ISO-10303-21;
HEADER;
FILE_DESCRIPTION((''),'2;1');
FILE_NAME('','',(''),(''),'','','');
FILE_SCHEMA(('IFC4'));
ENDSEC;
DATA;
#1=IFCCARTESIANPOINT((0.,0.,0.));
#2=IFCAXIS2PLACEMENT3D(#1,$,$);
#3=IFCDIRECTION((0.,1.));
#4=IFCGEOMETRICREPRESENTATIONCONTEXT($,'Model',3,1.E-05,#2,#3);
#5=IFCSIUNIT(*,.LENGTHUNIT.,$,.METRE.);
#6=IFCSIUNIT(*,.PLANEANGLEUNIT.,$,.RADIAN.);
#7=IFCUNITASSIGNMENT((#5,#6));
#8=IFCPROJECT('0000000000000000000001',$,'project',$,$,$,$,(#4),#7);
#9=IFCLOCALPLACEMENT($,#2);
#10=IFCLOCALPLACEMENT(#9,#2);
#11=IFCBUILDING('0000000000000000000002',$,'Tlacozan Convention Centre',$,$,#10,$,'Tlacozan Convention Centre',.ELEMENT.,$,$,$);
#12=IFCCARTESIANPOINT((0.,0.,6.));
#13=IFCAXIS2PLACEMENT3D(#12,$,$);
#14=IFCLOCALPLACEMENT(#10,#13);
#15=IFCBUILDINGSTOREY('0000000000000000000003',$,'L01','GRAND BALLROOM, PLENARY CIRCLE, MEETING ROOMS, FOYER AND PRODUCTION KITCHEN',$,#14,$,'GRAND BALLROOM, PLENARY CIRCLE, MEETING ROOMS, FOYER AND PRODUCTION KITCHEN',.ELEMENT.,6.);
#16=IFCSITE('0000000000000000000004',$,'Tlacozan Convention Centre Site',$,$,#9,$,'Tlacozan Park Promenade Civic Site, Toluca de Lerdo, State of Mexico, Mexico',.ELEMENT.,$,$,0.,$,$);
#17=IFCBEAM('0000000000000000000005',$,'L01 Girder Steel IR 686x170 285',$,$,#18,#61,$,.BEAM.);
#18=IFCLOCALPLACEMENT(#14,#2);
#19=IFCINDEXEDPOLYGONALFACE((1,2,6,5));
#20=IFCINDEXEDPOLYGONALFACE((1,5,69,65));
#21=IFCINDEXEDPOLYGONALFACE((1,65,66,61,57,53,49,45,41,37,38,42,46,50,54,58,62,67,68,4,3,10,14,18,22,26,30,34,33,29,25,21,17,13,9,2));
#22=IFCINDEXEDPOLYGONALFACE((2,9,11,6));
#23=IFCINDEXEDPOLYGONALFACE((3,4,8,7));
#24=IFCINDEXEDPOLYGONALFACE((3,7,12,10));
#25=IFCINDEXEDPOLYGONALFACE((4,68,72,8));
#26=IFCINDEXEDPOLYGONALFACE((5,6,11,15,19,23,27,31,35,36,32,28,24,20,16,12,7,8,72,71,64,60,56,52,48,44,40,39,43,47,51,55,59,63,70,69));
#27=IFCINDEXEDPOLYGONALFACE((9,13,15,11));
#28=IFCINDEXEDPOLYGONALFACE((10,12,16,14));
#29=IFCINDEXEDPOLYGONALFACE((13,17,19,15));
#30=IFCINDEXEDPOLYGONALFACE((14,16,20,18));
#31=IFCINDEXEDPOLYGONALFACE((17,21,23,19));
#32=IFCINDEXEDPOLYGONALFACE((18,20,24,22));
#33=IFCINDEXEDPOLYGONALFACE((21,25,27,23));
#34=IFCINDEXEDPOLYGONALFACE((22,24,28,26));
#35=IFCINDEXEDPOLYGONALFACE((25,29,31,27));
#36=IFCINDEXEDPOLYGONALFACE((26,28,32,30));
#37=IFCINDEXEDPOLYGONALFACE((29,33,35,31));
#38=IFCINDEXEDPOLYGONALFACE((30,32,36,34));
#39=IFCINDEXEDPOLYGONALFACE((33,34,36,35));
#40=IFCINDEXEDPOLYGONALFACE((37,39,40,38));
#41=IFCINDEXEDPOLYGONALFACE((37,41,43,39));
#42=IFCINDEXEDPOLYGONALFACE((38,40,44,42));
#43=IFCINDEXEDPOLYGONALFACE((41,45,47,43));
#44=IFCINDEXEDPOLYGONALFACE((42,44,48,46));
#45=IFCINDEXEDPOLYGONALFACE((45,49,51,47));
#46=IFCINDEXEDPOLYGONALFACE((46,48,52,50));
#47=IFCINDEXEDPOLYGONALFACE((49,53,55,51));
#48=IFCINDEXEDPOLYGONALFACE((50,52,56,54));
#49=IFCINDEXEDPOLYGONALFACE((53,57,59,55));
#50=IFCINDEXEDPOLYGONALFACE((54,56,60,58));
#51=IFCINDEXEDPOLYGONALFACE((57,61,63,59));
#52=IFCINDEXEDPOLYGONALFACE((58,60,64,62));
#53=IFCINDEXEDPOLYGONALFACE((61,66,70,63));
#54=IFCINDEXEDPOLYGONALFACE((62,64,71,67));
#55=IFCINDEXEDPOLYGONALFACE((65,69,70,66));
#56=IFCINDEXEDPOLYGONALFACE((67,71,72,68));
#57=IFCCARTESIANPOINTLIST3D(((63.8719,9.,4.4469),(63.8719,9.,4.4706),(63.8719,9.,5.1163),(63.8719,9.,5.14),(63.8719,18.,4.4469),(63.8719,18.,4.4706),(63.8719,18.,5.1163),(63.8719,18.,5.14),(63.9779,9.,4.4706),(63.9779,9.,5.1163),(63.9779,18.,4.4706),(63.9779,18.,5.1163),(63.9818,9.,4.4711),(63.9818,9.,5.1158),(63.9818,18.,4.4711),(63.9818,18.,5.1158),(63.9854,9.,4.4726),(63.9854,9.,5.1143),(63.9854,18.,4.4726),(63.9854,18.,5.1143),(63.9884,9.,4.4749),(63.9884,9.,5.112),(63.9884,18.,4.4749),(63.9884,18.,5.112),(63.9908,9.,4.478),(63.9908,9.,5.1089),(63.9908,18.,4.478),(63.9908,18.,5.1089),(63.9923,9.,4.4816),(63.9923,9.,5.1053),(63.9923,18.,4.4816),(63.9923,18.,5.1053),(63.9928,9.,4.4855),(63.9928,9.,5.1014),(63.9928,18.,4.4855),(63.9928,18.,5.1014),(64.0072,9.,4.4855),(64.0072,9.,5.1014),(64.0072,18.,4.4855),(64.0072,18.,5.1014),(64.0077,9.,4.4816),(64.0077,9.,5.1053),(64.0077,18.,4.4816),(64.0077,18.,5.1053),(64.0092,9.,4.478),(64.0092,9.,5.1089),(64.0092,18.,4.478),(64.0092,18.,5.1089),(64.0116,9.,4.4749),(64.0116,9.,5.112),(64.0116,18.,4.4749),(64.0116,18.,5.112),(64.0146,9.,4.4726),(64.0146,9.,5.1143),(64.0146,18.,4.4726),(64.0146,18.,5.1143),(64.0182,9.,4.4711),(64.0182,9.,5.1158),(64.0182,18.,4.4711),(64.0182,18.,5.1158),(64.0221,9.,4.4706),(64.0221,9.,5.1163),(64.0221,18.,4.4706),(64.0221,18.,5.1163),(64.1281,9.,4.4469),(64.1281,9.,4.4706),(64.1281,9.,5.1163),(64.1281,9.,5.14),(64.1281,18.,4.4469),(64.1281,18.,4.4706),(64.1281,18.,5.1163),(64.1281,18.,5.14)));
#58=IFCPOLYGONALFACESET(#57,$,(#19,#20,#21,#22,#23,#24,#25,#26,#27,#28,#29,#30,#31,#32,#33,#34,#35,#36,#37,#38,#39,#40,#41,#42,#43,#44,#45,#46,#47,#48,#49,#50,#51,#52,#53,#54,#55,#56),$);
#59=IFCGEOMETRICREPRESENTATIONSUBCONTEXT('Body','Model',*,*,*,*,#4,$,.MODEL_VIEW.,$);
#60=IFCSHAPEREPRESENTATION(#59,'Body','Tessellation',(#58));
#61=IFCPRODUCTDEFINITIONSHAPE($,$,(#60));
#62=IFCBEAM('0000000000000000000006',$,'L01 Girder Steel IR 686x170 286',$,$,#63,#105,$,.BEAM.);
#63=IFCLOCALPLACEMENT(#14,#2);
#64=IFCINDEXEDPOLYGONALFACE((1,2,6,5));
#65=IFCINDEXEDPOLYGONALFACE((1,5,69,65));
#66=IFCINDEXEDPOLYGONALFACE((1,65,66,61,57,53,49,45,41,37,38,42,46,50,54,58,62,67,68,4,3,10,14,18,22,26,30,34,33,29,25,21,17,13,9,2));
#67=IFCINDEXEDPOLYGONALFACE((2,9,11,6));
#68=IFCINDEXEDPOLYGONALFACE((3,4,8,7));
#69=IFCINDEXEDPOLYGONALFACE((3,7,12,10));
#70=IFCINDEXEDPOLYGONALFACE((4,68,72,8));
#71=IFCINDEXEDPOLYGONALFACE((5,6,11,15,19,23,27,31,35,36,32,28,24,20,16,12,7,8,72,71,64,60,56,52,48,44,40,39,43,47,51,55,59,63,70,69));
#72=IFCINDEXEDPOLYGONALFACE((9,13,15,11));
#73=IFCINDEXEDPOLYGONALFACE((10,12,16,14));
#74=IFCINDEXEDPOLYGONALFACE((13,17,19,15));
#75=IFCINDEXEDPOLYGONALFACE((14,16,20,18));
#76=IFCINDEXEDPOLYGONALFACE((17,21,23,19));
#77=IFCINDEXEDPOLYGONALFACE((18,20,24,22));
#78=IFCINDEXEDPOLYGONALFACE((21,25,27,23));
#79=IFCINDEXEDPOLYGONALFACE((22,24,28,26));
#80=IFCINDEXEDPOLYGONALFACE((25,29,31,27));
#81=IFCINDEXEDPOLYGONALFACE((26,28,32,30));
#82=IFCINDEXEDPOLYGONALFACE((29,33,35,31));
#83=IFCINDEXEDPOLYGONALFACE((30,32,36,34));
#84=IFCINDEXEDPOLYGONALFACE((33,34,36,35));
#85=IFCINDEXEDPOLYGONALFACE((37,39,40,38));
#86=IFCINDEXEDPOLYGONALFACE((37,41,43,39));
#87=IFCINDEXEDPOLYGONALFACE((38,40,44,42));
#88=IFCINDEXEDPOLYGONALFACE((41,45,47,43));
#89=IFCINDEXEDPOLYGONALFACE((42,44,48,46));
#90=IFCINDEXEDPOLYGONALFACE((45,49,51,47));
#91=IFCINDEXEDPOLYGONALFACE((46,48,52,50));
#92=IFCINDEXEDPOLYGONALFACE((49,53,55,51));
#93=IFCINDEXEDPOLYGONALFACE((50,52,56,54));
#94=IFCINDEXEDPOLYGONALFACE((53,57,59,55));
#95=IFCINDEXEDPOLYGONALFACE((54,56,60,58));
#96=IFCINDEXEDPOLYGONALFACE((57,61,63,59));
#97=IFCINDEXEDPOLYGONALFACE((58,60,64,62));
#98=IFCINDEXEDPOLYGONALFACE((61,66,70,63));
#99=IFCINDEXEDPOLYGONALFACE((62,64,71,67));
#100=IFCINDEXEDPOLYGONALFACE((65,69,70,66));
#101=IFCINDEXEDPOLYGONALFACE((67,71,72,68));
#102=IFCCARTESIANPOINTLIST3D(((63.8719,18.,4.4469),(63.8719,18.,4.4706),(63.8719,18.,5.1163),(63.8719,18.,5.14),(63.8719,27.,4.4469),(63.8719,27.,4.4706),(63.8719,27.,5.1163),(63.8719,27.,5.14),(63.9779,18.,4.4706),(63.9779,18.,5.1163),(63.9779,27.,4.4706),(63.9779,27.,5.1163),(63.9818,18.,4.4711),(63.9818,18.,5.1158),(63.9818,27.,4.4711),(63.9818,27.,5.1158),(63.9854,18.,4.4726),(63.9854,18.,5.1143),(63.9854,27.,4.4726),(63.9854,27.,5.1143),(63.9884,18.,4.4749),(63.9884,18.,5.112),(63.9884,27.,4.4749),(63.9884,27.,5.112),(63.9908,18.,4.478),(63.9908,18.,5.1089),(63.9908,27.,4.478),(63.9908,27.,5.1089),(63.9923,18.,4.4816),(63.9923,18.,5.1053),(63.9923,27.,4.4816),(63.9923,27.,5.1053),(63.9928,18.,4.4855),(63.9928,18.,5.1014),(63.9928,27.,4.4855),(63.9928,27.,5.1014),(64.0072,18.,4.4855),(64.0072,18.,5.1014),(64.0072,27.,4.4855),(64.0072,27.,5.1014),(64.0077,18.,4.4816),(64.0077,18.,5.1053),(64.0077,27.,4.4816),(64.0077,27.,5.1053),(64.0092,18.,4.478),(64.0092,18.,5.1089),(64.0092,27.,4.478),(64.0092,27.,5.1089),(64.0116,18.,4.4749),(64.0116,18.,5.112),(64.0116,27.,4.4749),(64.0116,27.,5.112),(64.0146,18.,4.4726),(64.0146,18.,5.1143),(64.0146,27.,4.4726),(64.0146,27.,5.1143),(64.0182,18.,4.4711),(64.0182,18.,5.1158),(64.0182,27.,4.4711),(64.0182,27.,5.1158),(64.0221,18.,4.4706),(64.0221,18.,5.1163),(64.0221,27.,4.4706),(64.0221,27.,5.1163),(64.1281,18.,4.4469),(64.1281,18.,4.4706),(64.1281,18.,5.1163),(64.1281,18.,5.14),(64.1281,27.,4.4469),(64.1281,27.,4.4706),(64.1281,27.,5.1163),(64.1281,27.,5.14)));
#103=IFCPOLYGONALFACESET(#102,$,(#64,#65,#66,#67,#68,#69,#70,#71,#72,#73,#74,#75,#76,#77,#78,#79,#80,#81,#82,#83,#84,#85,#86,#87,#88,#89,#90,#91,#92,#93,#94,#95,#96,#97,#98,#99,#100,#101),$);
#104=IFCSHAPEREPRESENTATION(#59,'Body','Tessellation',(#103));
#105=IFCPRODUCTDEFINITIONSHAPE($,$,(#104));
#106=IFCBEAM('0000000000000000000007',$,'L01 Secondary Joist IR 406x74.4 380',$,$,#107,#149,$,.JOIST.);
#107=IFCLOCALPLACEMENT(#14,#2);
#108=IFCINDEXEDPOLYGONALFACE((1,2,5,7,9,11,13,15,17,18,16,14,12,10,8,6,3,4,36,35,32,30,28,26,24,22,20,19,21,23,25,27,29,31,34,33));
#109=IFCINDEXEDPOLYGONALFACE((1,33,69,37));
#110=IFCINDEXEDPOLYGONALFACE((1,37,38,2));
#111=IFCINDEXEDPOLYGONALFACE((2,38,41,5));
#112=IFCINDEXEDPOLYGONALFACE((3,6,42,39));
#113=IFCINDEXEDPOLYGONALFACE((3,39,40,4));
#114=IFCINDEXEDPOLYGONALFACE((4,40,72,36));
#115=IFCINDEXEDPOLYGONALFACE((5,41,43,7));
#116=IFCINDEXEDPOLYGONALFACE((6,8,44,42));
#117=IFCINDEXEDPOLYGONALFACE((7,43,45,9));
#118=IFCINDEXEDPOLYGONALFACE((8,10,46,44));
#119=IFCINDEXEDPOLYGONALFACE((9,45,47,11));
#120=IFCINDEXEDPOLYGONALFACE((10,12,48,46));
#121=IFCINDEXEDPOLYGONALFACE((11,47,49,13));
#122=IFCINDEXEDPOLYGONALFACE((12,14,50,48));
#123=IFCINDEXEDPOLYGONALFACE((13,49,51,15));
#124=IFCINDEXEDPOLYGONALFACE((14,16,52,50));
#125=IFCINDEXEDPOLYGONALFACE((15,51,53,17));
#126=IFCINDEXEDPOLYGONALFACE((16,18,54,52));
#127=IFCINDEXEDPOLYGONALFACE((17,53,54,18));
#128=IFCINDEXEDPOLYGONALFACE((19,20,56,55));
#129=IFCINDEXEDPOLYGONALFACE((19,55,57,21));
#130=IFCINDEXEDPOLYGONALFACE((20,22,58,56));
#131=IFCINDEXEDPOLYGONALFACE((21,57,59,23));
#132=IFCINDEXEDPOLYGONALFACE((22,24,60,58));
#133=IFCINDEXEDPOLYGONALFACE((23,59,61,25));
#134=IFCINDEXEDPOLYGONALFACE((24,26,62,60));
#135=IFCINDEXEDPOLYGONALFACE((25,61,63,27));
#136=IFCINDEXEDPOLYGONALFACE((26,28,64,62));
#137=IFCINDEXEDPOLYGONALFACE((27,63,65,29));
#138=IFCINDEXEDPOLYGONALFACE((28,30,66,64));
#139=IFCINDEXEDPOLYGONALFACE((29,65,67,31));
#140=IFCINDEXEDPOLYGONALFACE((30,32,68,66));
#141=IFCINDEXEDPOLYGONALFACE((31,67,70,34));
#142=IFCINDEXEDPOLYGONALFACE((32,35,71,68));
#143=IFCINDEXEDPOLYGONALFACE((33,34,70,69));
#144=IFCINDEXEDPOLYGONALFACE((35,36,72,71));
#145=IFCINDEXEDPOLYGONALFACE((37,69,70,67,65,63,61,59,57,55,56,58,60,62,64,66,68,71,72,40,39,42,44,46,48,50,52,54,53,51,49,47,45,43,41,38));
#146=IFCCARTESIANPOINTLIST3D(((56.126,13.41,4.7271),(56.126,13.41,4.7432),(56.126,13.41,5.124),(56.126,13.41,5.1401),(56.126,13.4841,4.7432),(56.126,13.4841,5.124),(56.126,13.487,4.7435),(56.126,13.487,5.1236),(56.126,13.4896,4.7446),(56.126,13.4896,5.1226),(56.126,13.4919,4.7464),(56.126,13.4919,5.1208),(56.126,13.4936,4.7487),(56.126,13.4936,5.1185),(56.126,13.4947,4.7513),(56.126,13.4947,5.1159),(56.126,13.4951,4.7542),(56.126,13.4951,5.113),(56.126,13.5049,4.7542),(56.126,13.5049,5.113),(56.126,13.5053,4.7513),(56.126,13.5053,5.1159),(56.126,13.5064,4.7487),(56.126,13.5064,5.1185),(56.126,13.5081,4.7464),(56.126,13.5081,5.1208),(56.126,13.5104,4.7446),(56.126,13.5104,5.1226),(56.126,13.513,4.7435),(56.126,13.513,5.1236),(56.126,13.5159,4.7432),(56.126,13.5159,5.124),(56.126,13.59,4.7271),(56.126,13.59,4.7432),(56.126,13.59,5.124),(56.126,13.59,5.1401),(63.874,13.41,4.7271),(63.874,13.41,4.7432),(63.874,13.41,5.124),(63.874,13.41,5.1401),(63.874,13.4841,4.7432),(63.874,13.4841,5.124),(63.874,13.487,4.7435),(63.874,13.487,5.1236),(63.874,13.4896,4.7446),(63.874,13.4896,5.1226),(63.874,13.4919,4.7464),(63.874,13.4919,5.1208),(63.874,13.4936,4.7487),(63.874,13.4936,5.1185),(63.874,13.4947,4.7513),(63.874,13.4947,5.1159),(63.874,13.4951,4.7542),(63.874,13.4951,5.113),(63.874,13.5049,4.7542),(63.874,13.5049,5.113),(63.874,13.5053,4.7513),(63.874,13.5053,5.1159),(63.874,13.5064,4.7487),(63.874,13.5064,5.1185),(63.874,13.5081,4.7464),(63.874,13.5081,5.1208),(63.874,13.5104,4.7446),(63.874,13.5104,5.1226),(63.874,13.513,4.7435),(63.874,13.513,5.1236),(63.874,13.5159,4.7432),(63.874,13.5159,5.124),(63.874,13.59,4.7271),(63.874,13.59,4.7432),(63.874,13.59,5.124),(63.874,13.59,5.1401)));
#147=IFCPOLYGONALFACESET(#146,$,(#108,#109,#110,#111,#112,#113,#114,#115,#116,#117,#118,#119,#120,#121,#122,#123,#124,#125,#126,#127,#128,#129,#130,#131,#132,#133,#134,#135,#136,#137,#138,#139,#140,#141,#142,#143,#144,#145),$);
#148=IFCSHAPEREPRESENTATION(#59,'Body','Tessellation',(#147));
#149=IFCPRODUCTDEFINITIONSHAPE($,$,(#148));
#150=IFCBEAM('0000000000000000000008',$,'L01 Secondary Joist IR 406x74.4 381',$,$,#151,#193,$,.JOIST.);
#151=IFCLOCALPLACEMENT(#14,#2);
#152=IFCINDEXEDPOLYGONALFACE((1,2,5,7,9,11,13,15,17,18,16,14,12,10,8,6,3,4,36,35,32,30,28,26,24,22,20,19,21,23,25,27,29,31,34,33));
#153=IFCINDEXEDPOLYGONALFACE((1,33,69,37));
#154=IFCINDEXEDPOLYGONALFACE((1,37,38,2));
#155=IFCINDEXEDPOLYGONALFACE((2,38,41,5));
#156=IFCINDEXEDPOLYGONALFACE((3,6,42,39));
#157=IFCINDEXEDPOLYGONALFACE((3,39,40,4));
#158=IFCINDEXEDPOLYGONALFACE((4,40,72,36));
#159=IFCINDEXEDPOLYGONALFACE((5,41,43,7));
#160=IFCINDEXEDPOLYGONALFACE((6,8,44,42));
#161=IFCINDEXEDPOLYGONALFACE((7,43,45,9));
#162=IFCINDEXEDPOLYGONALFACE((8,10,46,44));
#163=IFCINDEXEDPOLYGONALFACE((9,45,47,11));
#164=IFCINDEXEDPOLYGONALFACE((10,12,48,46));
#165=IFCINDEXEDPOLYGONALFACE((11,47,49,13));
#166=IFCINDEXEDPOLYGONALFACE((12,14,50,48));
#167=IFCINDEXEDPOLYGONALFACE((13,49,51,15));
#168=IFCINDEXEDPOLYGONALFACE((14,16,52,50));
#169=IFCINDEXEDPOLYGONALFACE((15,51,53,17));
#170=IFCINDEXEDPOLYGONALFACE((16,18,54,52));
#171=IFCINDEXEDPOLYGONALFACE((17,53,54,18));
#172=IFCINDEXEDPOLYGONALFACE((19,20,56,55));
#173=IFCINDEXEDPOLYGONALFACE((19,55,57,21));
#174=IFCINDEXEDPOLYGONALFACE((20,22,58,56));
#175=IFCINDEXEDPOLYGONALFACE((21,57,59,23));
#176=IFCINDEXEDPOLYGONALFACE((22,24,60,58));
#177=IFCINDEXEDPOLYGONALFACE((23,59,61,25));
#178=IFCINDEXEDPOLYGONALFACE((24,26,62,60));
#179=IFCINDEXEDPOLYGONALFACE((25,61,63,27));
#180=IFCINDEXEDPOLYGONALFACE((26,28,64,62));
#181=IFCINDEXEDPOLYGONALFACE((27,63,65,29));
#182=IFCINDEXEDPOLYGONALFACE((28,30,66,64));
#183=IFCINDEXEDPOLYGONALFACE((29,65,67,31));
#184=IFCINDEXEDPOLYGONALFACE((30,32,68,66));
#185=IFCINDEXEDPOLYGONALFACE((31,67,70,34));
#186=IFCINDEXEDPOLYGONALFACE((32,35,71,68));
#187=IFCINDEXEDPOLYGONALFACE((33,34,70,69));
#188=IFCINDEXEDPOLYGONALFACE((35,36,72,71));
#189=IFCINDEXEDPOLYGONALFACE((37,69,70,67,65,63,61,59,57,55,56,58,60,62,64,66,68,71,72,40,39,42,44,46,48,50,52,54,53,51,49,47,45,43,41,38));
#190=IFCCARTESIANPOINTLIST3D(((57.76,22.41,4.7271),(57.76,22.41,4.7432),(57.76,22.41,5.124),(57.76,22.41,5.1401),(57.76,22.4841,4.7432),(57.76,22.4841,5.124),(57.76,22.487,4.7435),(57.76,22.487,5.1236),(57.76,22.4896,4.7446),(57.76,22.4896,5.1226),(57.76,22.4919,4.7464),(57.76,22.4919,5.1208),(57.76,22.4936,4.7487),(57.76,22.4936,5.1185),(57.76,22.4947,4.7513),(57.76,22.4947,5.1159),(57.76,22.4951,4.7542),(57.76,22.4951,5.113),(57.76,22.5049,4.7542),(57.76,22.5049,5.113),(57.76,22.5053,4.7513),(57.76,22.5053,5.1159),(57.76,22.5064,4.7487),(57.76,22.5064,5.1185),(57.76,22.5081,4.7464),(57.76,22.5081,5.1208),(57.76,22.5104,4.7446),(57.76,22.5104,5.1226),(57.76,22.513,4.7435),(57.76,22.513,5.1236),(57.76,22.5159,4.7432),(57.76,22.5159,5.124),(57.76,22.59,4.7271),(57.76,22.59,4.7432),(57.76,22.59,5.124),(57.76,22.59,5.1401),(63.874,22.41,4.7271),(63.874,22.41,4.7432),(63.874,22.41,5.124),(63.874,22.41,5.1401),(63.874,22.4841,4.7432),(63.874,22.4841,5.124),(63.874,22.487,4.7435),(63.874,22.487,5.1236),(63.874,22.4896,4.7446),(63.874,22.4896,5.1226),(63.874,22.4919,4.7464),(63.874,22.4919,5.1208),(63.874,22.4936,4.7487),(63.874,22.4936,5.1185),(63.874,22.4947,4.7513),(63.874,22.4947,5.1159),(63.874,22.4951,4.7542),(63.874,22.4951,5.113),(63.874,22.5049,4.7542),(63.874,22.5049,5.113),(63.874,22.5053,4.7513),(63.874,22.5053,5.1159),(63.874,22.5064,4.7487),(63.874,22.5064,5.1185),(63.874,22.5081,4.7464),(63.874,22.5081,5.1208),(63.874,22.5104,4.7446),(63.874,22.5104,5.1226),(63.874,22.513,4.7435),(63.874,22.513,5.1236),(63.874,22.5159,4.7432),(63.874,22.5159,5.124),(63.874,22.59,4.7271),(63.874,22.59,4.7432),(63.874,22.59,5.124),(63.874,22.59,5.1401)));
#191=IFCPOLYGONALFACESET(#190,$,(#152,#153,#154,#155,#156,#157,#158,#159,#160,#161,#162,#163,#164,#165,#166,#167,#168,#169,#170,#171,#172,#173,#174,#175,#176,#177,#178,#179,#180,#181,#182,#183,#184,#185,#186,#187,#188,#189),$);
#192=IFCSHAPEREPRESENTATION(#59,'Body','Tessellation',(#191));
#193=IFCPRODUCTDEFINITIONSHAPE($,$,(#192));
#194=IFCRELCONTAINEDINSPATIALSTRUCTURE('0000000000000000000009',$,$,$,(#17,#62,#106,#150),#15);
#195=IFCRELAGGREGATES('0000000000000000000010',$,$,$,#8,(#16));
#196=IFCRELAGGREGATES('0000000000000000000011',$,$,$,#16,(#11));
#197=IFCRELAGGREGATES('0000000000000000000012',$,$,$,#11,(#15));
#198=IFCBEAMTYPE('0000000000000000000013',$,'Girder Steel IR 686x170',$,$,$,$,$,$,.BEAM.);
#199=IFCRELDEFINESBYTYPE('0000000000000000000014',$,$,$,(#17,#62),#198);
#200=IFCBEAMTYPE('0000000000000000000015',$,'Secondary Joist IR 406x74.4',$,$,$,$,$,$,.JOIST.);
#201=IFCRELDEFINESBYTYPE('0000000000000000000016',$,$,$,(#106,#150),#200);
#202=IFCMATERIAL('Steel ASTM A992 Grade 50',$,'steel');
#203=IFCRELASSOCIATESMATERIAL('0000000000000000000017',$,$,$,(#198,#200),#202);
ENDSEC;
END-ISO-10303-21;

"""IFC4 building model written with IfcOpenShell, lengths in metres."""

from ifc_helpers import new_model, si_unit, direction, frame, origin, origin_2d, place, context, subcontext, project, spatial, i_section, extrude, material, material_profile, profile_set, type_object, element, save


model = new_model("IFC4")

# Units and contexts
model_context = context("Model", 3, precision=1e-05, world=origin(), true_north=direction((0.0, 1.0)))
body_context = subcontext(model_context, "Body", "Model", "MODEL_VIEW")
ifc_project = project(units=[si_unit("LENGTHUNIT", "METRE"), si_unit("PLANEANGLEUNIT", "RADIAN")], contexts=[model_context])

# Site, building, storey
site_placement = place(None, origin())
site = spatial("IfcSite", under=ifc_project, at=site_placement, Name="Tlacozan Convention Centre Site", LongName="Tlacozan Park Promenade Civic Site, Toluca de Lerdo, State of Mexico, Mexico", CompositionType="ELEMENT", RefElevation=0.0)
building_placement = place(site_placement, origin())
building = spatial("IfcBuilding", under=site, at=building_placement, Name="Tlacozan Convention Centre", LongName="Tlacozan Convention Centre", CompositionType="ELEMENT")
storey_placement = place(building_placement, frame((0.0, 0.0, 6.0)))
storey = spatial("IfcBuildingStorey", under=building, at=storey_placement, Name="L01", Description="GRAND BALLROOM, PLENARY CIRCLE, MEETING ROOMS, FOYER AND PRODUCTION KITCHEN", LongName="GRAND BALLROOM, PLENARY CIRCLE, MEETING ROOMS, FOYER AND PRODUCTION KITCHEN", CompositionType="ELEMENT", Elevation=6.0)

# Beams
ifc_material_1 = material(Name="Steel ASTM A992 Grade 50", Category="steel")
ifc_material_profile_1 = material_profile(ifc_material_1, i_section(OverallWidth=0.2561, OverallDepth=0.6931, WebThickness=0.0144, FlangeThickness=0.0237, FilletRadius=0.0149, at=origin_2d()), Name="IR 686x170.0")
ifc_profile_set_1 = profile_set([ifc_material_profile_1], Name="Steel ASTM A992 Grade 50")
beam_type_1 = type_object("IfcBeamType", Name="Girder Steel IR 686x170", PredefinedType="BEAM", material=ifc_profile_set_1)
for number, where, z_axis, x_axis, name in (
    (1, (64.0, 9.0, 4.7935), (0.0, 1.0, 0.0), (-1.0, 0.0, 0.0), "L01 Girder Steel IR 686x170 285"),
    (2, (64.0, 18.0, 4.7935), (0.0, 1.0, 0.0), (-1.0, 0.0, 0.0), "L01 Girder Steel IR 686x170 286"),
):
    element("IfcBeam", number, at=place(storey_placement, frame(where, z_axis=z_axis, x_axis=x_axis)), inside=storey, type_object=beam_type_1, Name=name, PredefinedType="BEAM", context=body_context, shape_type="SweptSolid", body=[
        extrude(i_section(OverallWidth=0.2561, OverallDepth=0.6931, WebThickness=0.0144, FlangeThickness=0.0237, FilletRadius=0.0149, at=origin_2d()), origin(), (0.0, 0.0, 1.0), 9.0),
    ])
ifc_material_profile_2 = material_profile(ifc_material_1, i_section(OverallWidth=0.1799, OverallDepth=0.4131, WebThickness=0.0098, FlangeThickness=0.0161, FilletRadius=0.011, at=origin_2d()), Name="IR 406x74.4")
ifc_profile_set_2 = profile_set([ifc_material_profile_2], Name="Steel ASTM A992 Grade 50")
beam_type_2 = type_object("IfcBeamType", Name="Secondary Joist IR 406x74.4", PredefinedType="JOIST", material=ifc_profile_set_2)
beam_1_placement = place(storey_placement, frame((56.126, 13.5, 4.9336), z_axis=(1.0, 0.0, 0.0), x_axis=(0.0, 1.0, 0.0)))
element("IfcBeam", 3, at=beam_1_placement, inside=storey, type_object=beam_type_2, Name="L01 Secondary Joist IR 406x74.4 380", PredefinedType="JOIST", context=body_context, shape_type="SweptSolid", body=[
    extrude(i_section(OverallWidth=0.1799, OverallDepth=0.4131, WebThickness=0.0098, FlangeThickness=0.0161, FilletRadius=0.011, at=origin_2d()), origin(), (0.0, 0.0, 1.0), 7.748),
])
beam_2_placement = place(storey_placement, frame((57.76, 22.5, 4.9336), z_axis=(1.0, 0.0, 0.0), x_axis=(0.0, 1.0, 0.0)))
element("IfcBeam", 4, at=beam_2_placement, inside=storey, type_object=beam_type_2, Name="L01 Secondary Joist IR 406x74.4 381", PredefinedType="JOIST", context=body_context, shape_type="SweptSolid", body=[
    extrude(i_section(OverallWidth=0.1799, OverallDepth=0.4131, WebThickness=0.0098, FlangeThickness=0.0161, FilletRadius=0.011, at=origin_2d()), origin(), (0.0, 0.0, 1.0), 6.114),
])

save(model, "model.ifc")
